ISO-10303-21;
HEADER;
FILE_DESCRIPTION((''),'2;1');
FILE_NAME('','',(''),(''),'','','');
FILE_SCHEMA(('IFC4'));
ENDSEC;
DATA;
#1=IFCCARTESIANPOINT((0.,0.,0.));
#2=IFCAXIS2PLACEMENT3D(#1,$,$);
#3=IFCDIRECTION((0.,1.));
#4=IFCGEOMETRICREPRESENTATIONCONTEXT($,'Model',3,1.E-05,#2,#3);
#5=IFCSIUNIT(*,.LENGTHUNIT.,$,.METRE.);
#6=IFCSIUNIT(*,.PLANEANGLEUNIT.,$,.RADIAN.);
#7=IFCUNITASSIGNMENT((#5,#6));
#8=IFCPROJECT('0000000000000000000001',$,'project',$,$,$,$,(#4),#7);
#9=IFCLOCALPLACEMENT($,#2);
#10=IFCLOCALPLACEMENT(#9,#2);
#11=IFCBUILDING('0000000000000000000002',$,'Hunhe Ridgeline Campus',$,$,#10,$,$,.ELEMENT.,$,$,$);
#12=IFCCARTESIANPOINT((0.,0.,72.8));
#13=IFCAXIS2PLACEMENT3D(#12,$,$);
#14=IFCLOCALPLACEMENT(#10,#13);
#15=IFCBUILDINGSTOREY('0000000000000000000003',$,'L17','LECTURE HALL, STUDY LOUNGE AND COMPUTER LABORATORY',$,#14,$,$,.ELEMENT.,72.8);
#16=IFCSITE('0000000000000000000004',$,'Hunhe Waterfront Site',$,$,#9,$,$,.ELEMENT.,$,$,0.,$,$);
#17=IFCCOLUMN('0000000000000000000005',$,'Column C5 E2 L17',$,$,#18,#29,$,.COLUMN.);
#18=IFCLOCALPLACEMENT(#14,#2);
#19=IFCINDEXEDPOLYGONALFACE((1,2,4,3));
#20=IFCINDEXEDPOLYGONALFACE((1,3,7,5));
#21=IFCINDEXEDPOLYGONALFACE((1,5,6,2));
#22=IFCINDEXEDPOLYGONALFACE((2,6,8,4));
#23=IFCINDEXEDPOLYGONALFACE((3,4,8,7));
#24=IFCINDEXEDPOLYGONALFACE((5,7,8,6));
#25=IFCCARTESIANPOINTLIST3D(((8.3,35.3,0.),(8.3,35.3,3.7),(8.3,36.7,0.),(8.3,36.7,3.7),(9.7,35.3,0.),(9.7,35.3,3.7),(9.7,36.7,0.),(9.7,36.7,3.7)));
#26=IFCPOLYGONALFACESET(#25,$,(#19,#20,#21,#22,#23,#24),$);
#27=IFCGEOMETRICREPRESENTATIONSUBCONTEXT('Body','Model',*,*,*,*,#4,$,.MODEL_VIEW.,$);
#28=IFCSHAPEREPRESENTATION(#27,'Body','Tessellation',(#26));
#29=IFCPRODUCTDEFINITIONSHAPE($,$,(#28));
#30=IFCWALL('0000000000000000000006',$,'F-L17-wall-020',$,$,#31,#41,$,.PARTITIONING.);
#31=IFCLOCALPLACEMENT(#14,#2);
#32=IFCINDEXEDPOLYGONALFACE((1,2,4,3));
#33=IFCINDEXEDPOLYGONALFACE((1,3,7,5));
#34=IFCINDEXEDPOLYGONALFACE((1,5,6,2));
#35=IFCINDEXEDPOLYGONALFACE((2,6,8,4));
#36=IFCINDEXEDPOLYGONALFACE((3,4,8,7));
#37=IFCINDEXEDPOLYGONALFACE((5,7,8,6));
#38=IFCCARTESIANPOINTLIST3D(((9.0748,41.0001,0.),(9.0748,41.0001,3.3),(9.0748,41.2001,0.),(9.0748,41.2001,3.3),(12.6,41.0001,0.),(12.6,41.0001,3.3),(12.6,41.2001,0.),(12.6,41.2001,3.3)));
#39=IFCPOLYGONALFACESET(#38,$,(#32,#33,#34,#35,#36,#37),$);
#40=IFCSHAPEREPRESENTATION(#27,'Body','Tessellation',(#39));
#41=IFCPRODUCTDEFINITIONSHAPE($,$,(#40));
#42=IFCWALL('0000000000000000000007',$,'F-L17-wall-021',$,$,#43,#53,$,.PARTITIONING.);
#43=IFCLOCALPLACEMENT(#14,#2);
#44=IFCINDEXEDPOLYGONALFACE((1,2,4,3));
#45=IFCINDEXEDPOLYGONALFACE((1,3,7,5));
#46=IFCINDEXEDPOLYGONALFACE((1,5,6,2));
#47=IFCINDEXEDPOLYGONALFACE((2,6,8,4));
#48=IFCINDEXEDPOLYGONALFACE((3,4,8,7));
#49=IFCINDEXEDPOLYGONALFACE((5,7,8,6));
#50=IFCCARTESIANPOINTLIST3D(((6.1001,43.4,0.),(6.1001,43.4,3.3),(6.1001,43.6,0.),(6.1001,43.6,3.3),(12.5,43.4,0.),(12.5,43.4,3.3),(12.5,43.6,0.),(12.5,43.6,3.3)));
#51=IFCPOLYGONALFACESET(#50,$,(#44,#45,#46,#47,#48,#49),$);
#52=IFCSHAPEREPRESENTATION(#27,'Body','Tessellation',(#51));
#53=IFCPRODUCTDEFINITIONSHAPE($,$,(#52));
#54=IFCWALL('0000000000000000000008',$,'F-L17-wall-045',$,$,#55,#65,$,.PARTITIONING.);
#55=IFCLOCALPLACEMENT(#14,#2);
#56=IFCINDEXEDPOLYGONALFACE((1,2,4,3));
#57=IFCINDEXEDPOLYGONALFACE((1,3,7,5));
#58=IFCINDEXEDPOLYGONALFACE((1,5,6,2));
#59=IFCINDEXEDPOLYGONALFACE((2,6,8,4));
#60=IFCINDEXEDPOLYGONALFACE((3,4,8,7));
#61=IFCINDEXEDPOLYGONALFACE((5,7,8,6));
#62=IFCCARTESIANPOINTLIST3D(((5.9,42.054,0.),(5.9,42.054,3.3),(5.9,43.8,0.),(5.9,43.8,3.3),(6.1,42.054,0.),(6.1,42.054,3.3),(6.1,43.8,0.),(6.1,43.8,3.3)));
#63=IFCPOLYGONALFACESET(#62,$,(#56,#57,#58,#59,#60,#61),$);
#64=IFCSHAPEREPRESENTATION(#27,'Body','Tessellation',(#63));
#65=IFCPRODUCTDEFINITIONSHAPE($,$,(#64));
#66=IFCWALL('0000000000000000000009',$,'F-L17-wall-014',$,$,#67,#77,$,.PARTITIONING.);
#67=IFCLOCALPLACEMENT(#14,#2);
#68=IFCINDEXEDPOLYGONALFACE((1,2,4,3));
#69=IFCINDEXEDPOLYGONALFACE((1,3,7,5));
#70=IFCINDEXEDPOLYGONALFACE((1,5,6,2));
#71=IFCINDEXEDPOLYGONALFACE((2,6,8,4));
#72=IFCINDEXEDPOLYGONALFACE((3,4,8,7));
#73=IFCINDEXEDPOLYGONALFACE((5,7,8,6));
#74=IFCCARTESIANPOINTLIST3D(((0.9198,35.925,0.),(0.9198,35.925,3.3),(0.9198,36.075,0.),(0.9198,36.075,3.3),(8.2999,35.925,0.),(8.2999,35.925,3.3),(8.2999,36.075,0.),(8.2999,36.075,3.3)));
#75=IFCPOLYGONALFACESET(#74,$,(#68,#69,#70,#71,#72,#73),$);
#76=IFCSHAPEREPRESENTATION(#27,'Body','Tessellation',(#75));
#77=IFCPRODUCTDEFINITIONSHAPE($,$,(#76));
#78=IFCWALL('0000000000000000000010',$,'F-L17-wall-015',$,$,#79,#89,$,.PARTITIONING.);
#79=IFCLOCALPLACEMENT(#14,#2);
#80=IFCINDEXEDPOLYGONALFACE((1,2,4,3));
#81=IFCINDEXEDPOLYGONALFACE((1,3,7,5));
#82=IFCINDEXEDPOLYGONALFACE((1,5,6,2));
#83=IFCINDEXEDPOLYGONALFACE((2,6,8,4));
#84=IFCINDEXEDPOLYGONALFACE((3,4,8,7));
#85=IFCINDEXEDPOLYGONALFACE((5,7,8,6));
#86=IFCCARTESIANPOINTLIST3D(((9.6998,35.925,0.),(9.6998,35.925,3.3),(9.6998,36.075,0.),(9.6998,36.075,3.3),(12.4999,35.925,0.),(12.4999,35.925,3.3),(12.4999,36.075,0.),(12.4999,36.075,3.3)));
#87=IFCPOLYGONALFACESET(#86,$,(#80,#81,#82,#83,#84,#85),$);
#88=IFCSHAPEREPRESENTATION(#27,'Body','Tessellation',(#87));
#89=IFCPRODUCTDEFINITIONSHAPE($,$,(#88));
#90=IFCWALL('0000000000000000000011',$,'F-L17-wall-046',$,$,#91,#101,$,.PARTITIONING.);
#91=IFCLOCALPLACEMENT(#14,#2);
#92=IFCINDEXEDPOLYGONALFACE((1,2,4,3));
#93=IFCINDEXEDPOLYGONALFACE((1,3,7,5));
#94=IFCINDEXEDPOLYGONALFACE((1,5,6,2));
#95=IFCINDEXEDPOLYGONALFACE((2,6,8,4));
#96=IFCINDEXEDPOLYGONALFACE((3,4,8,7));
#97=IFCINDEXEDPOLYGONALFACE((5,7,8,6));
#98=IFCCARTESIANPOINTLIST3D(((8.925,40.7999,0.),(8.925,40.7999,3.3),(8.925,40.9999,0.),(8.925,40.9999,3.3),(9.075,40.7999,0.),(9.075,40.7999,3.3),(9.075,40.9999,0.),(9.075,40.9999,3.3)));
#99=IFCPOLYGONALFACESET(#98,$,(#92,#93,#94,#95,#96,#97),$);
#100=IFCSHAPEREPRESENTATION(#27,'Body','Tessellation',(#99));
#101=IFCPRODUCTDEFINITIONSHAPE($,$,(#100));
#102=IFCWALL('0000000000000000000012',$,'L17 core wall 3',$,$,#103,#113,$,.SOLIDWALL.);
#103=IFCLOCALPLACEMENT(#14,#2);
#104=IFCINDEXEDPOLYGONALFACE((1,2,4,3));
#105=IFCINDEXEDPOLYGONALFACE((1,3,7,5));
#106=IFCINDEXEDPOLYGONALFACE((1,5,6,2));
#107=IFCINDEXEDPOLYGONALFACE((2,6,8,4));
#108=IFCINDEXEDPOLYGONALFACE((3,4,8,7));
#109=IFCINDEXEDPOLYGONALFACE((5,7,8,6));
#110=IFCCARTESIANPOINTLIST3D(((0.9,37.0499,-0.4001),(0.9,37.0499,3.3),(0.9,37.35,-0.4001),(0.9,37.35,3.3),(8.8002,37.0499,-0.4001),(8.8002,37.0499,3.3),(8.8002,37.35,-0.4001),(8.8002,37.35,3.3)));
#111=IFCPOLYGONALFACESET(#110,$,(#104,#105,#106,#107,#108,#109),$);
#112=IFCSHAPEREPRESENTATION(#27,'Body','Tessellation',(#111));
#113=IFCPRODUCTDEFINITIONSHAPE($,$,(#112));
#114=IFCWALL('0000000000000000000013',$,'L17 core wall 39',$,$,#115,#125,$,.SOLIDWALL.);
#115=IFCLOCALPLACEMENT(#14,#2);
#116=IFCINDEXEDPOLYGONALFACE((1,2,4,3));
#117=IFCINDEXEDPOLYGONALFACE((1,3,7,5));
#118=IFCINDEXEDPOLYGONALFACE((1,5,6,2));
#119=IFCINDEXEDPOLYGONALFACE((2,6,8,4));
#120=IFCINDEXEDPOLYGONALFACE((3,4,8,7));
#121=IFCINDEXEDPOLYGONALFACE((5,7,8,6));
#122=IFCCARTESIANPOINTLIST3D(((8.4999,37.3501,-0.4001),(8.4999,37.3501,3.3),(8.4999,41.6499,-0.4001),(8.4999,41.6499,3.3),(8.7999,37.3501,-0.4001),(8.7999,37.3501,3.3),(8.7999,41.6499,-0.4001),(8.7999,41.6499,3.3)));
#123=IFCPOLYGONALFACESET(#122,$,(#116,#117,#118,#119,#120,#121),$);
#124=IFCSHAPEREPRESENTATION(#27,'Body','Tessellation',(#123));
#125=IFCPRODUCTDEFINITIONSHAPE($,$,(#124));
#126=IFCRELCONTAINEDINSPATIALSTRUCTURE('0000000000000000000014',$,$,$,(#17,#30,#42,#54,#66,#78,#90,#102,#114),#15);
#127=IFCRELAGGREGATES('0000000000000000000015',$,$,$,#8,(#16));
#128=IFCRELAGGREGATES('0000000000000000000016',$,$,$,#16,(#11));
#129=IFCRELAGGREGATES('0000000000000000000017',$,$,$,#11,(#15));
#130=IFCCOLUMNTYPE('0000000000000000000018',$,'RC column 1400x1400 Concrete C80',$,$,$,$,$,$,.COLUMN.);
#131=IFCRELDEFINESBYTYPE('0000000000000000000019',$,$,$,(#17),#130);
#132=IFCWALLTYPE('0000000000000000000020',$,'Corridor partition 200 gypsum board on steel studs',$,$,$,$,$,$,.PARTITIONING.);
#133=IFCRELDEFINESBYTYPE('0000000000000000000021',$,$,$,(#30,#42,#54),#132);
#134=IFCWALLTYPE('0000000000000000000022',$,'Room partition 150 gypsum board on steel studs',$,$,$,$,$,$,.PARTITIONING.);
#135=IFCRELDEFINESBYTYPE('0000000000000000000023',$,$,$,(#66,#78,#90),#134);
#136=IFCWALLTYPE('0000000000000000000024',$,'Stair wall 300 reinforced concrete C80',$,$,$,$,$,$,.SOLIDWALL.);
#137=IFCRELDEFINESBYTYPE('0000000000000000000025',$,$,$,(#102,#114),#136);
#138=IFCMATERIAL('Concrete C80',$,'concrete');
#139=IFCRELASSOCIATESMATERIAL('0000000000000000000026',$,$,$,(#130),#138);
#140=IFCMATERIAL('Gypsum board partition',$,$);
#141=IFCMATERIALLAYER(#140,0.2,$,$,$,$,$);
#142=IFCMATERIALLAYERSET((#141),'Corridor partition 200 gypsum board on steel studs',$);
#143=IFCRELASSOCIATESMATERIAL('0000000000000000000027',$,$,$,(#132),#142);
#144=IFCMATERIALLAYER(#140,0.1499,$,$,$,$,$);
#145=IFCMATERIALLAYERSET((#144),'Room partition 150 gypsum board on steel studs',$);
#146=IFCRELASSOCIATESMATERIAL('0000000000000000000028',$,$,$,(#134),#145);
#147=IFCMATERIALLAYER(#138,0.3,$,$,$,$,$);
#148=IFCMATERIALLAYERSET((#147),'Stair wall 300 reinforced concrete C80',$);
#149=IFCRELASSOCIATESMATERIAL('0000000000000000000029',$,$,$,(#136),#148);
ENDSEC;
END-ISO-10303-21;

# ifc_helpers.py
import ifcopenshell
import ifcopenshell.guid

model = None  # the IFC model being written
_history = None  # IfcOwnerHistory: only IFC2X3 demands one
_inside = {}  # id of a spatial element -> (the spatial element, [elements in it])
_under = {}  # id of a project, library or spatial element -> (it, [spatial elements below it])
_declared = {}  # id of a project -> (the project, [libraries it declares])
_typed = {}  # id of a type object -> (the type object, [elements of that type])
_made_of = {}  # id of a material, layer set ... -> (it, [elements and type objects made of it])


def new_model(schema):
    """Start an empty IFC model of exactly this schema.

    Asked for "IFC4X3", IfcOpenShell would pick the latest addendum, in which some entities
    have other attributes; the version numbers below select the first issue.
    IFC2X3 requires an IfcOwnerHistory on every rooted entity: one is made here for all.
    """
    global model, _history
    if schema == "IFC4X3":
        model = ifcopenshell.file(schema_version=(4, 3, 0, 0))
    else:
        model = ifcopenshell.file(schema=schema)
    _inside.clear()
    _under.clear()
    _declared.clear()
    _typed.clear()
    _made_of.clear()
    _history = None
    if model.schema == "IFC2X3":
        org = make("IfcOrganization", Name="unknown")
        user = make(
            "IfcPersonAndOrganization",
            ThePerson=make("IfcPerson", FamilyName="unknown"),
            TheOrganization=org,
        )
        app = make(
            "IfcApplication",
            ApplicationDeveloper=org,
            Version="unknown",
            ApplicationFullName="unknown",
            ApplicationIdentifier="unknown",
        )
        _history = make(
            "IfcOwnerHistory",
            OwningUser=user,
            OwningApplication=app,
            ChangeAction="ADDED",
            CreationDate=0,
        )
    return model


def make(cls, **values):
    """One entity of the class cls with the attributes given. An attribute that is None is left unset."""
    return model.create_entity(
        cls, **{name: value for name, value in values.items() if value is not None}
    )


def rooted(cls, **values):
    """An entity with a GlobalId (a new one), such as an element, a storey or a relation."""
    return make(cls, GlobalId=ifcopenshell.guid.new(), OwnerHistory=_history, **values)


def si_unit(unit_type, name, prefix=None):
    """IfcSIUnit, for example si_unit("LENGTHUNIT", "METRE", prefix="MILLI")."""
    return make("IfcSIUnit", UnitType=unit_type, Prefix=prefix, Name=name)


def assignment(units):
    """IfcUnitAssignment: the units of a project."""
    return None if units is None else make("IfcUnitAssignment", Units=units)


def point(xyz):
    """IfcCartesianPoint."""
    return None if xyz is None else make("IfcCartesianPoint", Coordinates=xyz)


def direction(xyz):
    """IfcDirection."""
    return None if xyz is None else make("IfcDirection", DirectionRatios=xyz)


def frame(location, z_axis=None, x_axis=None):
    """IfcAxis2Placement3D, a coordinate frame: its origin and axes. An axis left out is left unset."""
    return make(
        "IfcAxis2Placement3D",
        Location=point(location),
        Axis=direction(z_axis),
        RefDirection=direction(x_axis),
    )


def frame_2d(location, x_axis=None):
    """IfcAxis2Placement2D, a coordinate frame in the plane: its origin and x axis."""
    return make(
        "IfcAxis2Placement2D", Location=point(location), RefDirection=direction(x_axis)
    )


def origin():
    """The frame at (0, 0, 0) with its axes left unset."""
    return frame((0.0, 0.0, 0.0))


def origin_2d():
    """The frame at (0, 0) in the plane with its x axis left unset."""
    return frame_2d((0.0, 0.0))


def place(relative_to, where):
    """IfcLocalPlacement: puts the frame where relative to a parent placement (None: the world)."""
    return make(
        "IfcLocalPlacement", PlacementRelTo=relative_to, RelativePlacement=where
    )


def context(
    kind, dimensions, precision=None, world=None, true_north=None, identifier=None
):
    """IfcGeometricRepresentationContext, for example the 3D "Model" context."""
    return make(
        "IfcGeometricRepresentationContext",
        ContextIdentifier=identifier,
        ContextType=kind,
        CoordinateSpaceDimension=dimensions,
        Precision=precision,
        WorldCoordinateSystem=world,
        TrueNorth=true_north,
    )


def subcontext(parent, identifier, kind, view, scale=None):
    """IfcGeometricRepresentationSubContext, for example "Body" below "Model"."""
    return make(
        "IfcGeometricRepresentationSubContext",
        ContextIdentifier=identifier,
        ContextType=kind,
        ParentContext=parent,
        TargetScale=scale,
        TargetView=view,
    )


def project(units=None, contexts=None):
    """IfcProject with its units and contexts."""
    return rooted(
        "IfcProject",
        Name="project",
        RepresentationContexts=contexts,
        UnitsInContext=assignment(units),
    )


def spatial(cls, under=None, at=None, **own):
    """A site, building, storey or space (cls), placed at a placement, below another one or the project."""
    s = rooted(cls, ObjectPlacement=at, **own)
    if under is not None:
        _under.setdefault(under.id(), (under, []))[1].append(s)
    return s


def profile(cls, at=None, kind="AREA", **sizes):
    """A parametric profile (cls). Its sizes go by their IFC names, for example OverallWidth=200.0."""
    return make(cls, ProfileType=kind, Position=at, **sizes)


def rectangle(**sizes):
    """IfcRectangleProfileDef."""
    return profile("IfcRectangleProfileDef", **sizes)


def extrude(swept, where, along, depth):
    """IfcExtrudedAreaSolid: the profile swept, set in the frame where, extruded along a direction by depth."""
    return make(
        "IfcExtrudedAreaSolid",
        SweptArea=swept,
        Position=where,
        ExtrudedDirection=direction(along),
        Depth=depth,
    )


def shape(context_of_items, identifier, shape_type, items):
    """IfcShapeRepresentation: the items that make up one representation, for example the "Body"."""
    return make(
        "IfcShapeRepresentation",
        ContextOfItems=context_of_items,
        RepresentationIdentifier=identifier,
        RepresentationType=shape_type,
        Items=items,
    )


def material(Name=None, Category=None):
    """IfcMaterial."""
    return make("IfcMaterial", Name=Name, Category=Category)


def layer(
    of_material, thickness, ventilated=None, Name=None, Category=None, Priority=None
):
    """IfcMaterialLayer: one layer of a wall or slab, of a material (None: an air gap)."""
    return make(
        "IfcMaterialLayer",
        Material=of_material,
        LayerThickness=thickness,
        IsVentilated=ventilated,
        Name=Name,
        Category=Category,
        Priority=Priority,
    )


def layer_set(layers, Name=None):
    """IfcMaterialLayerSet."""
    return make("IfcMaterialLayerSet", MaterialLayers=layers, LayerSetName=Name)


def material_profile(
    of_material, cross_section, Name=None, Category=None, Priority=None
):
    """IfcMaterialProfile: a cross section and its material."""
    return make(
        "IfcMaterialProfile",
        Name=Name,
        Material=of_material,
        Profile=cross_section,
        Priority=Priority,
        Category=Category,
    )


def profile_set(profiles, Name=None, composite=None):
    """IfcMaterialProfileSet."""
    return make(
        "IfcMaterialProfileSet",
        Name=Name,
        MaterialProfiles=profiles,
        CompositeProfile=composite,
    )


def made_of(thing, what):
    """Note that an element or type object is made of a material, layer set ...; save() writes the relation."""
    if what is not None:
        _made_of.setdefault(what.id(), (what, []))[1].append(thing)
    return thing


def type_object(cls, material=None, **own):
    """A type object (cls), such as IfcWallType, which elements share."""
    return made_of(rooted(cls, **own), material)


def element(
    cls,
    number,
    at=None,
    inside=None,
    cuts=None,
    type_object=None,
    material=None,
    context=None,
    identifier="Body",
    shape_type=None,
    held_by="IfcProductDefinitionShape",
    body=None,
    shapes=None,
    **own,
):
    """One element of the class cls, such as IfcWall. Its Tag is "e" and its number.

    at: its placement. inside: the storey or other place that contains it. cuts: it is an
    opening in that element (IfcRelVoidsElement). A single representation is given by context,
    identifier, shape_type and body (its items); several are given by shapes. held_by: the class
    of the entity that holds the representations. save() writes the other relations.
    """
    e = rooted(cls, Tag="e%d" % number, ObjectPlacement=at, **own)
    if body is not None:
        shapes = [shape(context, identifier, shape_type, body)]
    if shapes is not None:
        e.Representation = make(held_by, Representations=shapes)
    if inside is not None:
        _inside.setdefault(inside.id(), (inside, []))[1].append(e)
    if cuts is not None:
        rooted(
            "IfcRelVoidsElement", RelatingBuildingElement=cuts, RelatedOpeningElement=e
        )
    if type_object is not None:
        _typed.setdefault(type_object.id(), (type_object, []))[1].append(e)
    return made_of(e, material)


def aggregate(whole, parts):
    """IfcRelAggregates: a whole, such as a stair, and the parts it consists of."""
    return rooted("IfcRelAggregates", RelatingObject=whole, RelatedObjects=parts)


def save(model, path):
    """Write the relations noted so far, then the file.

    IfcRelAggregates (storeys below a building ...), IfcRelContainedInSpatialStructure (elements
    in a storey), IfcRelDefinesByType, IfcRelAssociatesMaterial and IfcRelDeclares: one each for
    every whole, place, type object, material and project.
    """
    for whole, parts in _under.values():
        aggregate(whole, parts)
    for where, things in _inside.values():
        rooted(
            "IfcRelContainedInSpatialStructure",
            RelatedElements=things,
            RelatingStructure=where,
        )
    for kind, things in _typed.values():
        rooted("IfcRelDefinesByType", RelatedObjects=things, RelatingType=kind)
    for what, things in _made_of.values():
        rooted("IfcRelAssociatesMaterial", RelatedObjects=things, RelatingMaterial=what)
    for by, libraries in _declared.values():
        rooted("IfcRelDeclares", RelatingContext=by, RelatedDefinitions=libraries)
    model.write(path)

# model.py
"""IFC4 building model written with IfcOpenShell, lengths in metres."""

from ifc_helpers import new_model, si_unit, direction, frame, frame_2d, origin, origin_2d, place, context, subcontext, project, spatial, rectangle, extrude, material, layer, layer_set, material_profile, profile_set, type_object, element, save


model = new_model("IFC4")

# Units and contexts
model_context = context("Model", 3, precision=1e-05, world=origin(), true_north=direction((0.0, 1.0)))
body_context = subcontext(model_context, "Body", "Model", "MODEL_VIEW")
ifc_project = project(units=[si_unit("LENGTHUNIT", "METRE"), si_unit("PLANEANGLEUNIT", "RADIAN")], contexts=[model_context])

# Site, building, storey
site_placement = place(None, origin())
site = spatial("IfcSite", under=ifc_project, at=site_placement, Name="Hunhe Waterfront Site", CompositionType="ELEMENT", RefElevation=0.0)
building_placement = place(site_placement, origin())
building = spatial("IfcBuilding", under=site, at=building_placement, Name="Hunhe Ridgeline Campus", CompositionType="ELEMENT")
storey_placement = place(building_placement, frame((0.0, 0.0, 72.8)))
storey = spatial("IfcBuildingStorey", under=building, at=storey_placement, Name="L17", Description="LECTURE HALL, STUDY LOUNGE AND COMPUTER LABORATORY", CompositionType="ELEMENT", Elevation=72.8)

# Column
ifc_material_1 = material(Name="Concrete C80", Category="concrete")
ifc_material_profile = material_profile(ifc_material_1, rectangle(XDim=1.3999, YDim=1.3999, at=origin_2d()))
ifc_profile_set = profile_set([ifc_material_profile], Name="Concrete C80")
column_type = type_object("IfcColumnType", Name="RC column 1400x1400 Concrete C80", PredefinedType="COLUMN", material=ifc_profile_set)
column_placement = place(storey_placement, frame((9.0, 36.0, 0.0), z_axis=(0.0, 0.0, 1.0), x_axis=(1.0, 0.0, 0.0)))
element("IfcColumn", 1, at=column_placement, inside=storey, type_object=column_type, Name="Column C5 E2 L17", PredefinedType="COLUMN", context=body_context, shape_type="SweptSolid", body=[
    extrude(rectangle(XDim=1.3999, YDim=1.3999, at=origin_2d()), origin(), (0.0, 0.0, 1.0), 3.7),
])

# Walls
ifc_material_2 = material(Name="Gypsum board partition")
ifc_layer_1 = layer(ifc_material_2, 0.2)
ifc_layer_set_1 = layer_set([ifc_layer_1], Name="Corridor partition 200 gypsum board on steel studs")
wall_type_1 = type_object("IfcWallType", Name="Corridor partition 200 gypsum board on steel studs", PredefinedType="PARTITIONING", material=ifc_layer_set_1)
wall_1_placement = place(storey_placement, frame((12.6001, 41.1001, 0.0), z_axis=(0.0, 0.0, 1.0), x_axis=(-1.0, 0.0, 0.0)))
element("IfcWall", 2, at=wall_1_placement, inside=storey, type_object=wall_type_1, Name="F-L17-wall-020", PredefinedType="PARTITIONING", context=body_context, shape_type="SweptSolid", body=[
    extrude(rectangle(XDim=3.5251, YDim=0.2, at=frame_2d((1.7627, 0.0))), origin(), (0.0, 0.0, 1.0), 3.3),
])
wall_2_placement = place(storey_placement, frame((6.1001, 43.5, 0.0), z_axis=(0.0, 0.0, 1.0), x_axis=(1.0, 0.0, 0.0)))
element("IfcWall", 3, at=wall_2_placement, inside=storey, type_object=wall_type_1, Name="F-L17-wall-021", PredefinedType="PARTITIONING", context=body_context, shape_type="SweptSolid", body=[
    extrude(rectangle(XDim=6.3999, YDim=0.2, at=frame_2d((3.2, 0.0))), origin(), (0.0, 0.0, 1.0), 3.3),
])
wall_3_placement = place(storey_placement, frame((6.0, 42.054, 0.0), z_axis=(0.0, 0.0, 1.0), x_axis=(0.0, 1.0, 0.0)))
element("IfcWall", 4, at=wall_3_placement, inside=storey, type_object=wall_type_1, Name="F-L17-wall-045", PredefinedType="PARTITIONING", context=body_context, shape_type="SweptSolid", body=[
    extrude(rectangle(XDim=1.7461, YDim=0.2, at=frame_2d((0.873, 0.0))), origin(), (0.0, 0.0, 1.0), 3.3),
])
ifc_layer_2 = layer(ifc_material_2, 0.1499)
ifc_layer_set_2 = layer_set([ifc_layer_2], Name="Room partition 150 gypsum board on steel studs")
wall_type_2 = type_object("IfcWallType", Name="Room partition 150 gypsum board on steel studs", PredefinedType="PARTITIONING", material=ifc_layer_set_2)
wall_4_placement = place(storey_placement, frame((0.9199, 36.0, 0.0), z_axis=(0.0, 0.0, 1.0), x_axis=(1.0, 0.0, 0.0)))
element("IfcWall", 5, at=wall_4_placement, inside=storey, type_object=wall_type_2, Name="F-L17-wall-014", PredefinedType="PARTITIONING", context=body_context, shape_type="SweptSolid", body=[
    extrude(rectangle(XDim=7.3801, YDim=0.1499, at=frame_2d((3.6899, 0.0))), origin(), (0.0, 0.0, 1.0), 3.3),
])
wall_5_placement = place(storey_placement, frame((9.7, 36.0, 0.0), z_axis=(0.0, 0.0, 1.0), x_axis=(1.0, 0.0, 0.0)))
element("IfcWall", 6, at=wall_5_placement, inside=storey, type_object=wall_type_2, Name="F-L17-wall-015", PredefinedType="PARTITIONING", context=body_context, shape_type="SweptSolid", body=[
    extrude(rectangle(XDim=2.8, YDim=0.1499, at=frame_2d((1.3999, 0.0))), origin(), (0.0, 0.0, 1.0), 3.3),
])
wall_6_placement = place(storey_placement, frame((9.0, 41.0, 0.0), z_axis=(0.0, 0.0, 1.0), x_axis=(0.0, -1.0, 0.0)))
element("IfcWall", 7, at=wall_6_placement, inside=storey, type_object=wall_type_2, Name="F-L17-wall-046", PredefinedType="PARTITIONING", context=body_context, shape_type="SweptSolid", body=[
    extrude(rectangle(XDim=0.2, YDim=0.1499, at=frame_2d((0.1001, 0.0))), origin(), (0.0, 0.0, 1.0), 3.3),
])
ifc_layer_3 = layer(ifc_material_1, 0.3)
ifc_layer_set_3 = layer_set([ifc_layer_3], Name="Stair wall 300 reinforced concrete C80")
wall_type_3 = type_object("IfcWallType", Name="Stair wall 300 reinforced concrete C80", PredefinedType="SOLIDWALL", material=ifc_layer_set_3)
wall_7_placement = place(storey_placement, frame((0.8999, 37.2, -0.4001), z_axis=(0.0, 0.0, 1.0), x_axis=(1.0, 0.0, 0.0)))
element("IfcWall", 8, at=wall_7_placement, inside=storey, type_object=wall_type_3, Name="L17 core wall 3", PredefinedType="SOLIDWALL", context=body_context, shape_type="SweptSolid", body=[
    extrude(rectangle(XDim=7.9001, YDim=0.3, at=frame_2d((3.9502, 0.0))), origin(), (0.0, 0.0, 1.0), 3.7002),
])

# Wall
wall_8_placement = place(storey_placement, frame((8.6499, 37.3501, -0.4001), z_axis=(0.0, 0.0, 1.0), x_axis=(0.0, 1.0, 0.0)))
element("IfcWall", 9, at=wall_8_placement, inside=storey, type_object=wall_type_3, Name="L17 core wall 39", PredefinedType="SOLIDWALL", context=body_context, shape_type="SweptSolid", body=[
    extrude(rectangle(XDim=4.2998, YDim=0.3, at=frame_2d((2.1499, 0.0))), origin(), (0.0, 0.0, 1.0), 3.7002),
])

save(model, "model.ifc")
